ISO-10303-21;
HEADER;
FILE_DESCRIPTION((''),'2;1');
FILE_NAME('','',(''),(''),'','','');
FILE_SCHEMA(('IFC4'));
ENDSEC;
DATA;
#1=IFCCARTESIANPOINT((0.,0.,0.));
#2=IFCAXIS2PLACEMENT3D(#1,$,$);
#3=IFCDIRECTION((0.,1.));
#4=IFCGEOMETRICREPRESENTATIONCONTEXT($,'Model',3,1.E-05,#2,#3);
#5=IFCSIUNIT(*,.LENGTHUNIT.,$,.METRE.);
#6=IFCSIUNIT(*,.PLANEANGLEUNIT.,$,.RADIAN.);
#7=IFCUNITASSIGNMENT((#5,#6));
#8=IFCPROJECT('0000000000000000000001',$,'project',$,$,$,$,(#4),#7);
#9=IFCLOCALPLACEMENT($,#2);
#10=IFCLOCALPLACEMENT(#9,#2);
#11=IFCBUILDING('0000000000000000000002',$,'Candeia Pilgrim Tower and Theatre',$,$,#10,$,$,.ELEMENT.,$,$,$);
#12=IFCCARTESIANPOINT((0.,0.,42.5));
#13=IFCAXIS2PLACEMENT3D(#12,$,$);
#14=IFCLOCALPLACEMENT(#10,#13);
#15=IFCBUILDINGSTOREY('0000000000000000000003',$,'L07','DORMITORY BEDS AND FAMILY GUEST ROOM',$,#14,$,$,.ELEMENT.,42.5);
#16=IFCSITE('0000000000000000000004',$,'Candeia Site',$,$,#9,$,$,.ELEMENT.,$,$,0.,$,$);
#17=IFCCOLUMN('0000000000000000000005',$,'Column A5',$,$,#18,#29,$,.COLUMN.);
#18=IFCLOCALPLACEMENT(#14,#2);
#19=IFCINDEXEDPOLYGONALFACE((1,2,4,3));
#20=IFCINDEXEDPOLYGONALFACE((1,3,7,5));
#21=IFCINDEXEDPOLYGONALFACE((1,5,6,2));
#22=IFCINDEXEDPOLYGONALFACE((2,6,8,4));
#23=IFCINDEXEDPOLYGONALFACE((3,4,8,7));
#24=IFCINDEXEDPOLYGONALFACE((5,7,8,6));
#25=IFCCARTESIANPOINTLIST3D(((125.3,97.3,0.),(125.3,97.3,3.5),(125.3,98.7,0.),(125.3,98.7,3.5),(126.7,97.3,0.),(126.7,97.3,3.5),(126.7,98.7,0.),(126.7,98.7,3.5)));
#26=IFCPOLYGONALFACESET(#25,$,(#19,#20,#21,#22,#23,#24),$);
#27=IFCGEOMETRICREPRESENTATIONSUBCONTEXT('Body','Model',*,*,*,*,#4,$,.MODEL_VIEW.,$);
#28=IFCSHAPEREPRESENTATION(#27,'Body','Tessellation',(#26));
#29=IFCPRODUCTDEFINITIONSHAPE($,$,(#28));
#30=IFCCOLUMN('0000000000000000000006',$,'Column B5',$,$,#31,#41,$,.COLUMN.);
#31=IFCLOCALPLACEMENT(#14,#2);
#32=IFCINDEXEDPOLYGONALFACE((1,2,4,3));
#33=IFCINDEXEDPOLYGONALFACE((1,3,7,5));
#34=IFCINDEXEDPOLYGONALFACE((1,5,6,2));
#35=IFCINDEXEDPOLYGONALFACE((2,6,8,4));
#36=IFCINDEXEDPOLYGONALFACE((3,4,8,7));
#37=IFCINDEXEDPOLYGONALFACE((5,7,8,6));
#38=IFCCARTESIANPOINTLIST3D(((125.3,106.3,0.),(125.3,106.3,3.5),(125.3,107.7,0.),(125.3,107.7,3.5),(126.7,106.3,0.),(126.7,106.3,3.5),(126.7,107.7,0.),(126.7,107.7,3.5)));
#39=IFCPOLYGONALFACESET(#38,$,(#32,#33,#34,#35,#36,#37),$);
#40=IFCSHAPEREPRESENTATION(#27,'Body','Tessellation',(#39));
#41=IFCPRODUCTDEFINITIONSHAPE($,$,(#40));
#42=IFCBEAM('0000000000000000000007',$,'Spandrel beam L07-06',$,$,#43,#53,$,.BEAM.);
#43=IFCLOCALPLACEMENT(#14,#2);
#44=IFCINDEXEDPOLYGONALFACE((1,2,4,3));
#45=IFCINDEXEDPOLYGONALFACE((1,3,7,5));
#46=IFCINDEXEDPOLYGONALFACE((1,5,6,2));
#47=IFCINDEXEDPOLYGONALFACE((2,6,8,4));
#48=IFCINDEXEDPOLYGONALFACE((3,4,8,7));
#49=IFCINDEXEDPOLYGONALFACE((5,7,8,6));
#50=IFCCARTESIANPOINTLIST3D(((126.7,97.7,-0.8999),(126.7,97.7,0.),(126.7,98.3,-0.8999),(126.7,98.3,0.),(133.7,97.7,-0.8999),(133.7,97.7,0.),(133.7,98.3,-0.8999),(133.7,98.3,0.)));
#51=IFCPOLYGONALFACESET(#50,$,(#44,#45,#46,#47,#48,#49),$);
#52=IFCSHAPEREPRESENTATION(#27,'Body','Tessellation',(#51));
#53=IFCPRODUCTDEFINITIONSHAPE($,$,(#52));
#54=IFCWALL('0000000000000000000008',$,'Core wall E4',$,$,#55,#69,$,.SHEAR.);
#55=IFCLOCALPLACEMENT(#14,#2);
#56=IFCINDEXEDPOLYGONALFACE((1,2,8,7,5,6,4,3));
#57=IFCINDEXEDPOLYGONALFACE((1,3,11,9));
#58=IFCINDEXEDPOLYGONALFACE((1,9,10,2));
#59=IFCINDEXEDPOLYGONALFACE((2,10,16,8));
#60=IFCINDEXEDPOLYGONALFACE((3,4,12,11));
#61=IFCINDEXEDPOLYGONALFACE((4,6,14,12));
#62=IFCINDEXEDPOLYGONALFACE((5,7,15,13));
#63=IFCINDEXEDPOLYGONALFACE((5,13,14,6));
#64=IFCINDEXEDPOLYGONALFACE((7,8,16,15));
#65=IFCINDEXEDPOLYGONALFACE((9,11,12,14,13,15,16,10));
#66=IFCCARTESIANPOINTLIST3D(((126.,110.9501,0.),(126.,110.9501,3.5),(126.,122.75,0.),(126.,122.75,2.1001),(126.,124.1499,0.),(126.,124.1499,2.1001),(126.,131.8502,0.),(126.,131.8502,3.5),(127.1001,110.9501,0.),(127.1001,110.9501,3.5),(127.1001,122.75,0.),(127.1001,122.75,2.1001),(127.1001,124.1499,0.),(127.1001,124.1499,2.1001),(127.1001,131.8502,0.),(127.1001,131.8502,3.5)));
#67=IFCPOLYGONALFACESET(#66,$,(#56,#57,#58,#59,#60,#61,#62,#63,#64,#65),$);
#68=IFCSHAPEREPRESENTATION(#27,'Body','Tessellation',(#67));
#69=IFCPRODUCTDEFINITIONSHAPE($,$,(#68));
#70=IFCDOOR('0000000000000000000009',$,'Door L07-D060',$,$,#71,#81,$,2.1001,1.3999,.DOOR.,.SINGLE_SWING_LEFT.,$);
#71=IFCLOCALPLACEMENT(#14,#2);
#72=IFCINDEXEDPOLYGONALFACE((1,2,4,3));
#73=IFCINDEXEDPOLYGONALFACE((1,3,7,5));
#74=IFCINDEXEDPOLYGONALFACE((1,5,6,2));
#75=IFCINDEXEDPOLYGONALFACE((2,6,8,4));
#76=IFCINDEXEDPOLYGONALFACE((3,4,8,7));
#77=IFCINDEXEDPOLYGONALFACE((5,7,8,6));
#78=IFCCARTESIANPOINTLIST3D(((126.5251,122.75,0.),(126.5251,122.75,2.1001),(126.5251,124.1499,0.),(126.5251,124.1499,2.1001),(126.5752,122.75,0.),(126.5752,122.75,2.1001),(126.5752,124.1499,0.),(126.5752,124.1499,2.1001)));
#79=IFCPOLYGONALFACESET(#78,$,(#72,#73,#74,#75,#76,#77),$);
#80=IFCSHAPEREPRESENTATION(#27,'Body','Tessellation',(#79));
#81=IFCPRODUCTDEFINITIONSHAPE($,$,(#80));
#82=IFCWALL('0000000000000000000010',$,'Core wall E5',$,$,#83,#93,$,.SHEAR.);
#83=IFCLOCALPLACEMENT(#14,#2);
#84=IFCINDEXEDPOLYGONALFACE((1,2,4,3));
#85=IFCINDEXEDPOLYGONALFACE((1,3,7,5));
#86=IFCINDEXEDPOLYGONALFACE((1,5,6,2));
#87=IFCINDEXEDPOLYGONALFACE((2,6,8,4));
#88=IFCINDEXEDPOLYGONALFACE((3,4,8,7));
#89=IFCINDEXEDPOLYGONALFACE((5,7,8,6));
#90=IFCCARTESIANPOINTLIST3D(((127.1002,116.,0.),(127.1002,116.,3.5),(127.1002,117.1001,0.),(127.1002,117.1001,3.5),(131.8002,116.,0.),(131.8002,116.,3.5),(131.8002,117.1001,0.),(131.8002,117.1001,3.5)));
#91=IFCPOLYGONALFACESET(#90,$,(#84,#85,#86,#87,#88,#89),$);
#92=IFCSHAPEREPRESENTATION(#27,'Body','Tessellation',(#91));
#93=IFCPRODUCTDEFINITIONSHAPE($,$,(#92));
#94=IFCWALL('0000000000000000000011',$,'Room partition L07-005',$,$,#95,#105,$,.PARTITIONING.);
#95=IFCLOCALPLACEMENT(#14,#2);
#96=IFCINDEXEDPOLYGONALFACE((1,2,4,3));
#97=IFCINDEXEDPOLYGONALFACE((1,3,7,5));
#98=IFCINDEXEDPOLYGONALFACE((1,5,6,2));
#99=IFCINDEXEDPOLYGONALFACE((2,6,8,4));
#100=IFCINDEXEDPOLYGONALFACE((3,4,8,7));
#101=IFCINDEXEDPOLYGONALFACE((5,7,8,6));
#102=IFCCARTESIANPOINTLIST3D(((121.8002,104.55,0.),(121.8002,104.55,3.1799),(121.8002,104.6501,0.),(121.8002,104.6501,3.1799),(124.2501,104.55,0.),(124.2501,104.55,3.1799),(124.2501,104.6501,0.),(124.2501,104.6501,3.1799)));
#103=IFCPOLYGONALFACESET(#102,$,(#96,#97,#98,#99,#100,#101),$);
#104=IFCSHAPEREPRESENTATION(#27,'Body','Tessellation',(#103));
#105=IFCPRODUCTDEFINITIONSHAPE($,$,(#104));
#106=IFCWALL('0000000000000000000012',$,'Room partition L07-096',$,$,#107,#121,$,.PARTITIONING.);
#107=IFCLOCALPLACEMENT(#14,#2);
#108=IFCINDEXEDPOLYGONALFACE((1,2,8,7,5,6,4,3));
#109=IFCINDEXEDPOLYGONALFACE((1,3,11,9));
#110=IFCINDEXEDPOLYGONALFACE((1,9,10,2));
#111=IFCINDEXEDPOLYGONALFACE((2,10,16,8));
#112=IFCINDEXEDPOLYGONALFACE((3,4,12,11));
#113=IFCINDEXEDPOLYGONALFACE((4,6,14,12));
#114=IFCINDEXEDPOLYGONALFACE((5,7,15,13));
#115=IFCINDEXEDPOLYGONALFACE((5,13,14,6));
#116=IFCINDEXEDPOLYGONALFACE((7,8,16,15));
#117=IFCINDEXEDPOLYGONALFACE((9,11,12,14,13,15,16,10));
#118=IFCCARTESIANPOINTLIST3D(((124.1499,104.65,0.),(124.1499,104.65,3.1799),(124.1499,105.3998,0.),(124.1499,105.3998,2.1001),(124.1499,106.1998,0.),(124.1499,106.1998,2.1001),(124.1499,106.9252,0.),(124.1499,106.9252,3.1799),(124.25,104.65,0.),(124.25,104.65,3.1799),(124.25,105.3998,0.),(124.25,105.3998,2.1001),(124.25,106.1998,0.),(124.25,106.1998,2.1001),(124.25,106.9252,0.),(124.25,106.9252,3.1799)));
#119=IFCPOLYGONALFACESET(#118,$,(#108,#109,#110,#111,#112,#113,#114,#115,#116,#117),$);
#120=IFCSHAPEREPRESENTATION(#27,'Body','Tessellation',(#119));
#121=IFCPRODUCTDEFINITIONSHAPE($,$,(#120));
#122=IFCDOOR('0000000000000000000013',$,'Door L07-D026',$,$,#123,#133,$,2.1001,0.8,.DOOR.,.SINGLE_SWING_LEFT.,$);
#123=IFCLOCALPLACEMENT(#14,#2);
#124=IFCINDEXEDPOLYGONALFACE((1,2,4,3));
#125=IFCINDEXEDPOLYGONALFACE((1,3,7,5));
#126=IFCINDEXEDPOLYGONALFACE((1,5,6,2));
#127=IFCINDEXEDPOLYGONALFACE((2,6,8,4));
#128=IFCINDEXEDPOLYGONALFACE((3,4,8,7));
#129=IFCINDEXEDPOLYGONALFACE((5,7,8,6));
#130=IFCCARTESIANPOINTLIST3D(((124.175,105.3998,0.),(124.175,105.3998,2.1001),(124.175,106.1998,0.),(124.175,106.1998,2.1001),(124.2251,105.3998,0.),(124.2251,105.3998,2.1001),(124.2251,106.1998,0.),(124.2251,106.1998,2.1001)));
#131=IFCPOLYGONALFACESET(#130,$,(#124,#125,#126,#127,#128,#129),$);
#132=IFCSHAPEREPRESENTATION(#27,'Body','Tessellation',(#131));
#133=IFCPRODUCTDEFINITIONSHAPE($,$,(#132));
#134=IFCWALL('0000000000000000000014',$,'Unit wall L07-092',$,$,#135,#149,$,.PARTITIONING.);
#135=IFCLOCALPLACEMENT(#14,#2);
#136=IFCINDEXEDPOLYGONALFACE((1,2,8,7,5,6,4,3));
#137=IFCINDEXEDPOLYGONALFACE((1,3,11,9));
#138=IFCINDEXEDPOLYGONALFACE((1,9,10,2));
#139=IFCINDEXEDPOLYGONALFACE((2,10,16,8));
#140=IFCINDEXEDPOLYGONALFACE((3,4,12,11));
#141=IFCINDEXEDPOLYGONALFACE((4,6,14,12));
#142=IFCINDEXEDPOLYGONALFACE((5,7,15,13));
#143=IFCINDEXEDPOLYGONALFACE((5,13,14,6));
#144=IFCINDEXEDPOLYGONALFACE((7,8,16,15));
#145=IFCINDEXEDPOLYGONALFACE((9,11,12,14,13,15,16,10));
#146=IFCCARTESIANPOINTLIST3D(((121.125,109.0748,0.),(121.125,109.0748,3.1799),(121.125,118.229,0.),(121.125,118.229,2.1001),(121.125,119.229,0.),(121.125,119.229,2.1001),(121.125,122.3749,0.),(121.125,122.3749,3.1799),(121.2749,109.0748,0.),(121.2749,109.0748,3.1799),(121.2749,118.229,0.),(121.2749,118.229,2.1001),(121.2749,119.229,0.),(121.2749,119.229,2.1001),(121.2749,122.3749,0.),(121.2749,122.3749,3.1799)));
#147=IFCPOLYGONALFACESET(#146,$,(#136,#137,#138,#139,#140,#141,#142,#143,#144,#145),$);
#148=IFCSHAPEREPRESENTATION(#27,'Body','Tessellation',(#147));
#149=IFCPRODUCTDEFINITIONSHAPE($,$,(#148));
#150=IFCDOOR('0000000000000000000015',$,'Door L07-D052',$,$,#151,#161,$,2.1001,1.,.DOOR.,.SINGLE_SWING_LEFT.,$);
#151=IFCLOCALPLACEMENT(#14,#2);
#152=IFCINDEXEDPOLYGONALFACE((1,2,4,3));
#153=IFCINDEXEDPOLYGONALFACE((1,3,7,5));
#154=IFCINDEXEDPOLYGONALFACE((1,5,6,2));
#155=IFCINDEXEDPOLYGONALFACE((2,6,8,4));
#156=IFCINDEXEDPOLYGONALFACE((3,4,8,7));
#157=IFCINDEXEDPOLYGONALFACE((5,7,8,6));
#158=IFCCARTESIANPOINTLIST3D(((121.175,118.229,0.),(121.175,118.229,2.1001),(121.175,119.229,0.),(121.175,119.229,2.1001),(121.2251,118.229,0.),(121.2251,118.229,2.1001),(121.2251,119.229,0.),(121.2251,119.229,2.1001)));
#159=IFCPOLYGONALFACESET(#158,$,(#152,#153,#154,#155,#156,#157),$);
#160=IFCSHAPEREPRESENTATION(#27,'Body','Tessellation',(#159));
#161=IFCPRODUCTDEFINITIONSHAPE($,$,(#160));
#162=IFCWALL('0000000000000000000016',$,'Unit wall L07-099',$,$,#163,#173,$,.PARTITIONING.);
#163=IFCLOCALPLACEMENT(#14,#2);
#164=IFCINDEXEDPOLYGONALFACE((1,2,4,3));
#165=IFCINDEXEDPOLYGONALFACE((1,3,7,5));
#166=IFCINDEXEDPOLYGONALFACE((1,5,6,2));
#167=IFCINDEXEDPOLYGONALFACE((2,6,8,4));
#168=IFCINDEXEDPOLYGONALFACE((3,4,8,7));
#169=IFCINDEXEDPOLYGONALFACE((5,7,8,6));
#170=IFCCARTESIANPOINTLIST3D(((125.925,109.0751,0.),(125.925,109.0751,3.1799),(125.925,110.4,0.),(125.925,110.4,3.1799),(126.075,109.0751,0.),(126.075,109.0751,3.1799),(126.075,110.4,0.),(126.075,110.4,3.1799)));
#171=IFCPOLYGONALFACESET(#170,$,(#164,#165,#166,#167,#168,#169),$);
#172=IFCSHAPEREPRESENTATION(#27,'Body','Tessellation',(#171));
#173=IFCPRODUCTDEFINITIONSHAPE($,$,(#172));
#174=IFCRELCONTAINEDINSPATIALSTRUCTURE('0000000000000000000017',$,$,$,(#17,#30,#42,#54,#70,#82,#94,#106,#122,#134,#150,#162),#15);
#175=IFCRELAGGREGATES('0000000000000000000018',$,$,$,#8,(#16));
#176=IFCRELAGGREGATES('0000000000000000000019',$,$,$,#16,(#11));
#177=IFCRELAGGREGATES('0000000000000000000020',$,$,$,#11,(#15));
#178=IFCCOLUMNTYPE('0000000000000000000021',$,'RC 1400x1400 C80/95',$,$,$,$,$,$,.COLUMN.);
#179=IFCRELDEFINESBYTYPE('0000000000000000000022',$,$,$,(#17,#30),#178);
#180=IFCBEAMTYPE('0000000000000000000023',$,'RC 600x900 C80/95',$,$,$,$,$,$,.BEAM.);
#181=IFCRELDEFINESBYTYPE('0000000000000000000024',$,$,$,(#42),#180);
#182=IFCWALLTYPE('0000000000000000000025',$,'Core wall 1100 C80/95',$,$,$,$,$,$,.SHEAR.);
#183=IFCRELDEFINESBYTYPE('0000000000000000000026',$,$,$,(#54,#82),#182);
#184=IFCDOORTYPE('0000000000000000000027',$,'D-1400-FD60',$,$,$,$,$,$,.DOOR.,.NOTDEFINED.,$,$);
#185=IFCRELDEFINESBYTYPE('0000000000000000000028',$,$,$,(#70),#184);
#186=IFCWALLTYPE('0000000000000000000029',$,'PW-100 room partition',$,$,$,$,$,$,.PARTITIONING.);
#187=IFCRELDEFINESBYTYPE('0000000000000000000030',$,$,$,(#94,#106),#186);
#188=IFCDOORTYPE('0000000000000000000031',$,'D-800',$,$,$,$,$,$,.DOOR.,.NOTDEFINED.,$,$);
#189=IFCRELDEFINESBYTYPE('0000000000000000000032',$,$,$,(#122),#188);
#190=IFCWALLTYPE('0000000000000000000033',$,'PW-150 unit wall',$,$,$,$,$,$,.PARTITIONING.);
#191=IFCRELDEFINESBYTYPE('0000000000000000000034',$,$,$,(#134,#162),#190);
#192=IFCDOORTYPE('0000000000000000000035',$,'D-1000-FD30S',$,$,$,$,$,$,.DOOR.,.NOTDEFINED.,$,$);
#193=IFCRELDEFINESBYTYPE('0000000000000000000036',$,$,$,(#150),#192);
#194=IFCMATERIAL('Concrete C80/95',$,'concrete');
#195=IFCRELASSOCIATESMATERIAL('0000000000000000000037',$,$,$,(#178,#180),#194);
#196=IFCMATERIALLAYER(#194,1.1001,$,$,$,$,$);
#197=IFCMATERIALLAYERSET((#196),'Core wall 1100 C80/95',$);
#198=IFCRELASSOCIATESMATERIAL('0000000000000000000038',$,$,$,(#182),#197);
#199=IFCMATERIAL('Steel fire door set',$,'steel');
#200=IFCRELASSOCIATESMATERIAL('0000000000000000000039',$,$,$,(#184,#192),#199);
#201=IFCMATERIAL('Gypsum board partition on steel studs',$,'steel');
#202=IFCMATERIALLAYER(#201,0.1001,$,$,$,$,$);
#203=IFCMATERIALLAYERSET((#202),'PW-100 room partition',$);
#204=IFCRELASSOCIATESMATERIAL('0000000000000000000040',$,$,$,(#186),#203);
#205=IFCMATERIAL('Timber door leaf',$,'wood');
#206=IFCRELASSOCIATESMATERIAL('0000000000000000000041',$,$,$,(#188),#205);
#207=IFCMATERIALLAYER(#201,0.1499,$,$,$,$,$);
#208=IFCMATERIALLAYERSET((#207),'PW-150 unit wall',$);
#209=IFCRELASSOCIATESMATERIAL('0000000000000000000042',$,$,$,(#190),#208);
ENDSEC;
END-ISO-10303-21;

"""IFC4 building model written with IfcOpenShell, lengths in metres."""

from ifc_helpers import new_model, si_unit, direction, frame, frame_2d, origin, origin_2d, place, context, subcontext, project, spatial, rectangle, extrude, material, layer, layer_set, material_profile, profile_set, type_object, element, fill, save


model = new_model("IFC4")

# Units and contexts
model_context = context("Model", 3, precision=1e-05, world=origin(), true_north=direction((0.0, 1.0)))
body_context = subcontext(model_context, "Body", "Model", "MODEL_VIEW")
ifc_project = project(units=[si_unit("LENGTHUNIT", "METRE"), si_unit("PLANEANGLEUNIT", "RADIAN")], contexts=[model_context])

# Site, building, storey
site_placement = place(None, origin())
site = spatial("IfcSite", under=ifc_project, at=site_placement, Name="Candeia Site", CompositionType="ELEMENT", RefElevation=0.0)
building_placement = place(site_placement, origin())
building = spatial("IfcBuilding", under=site, at=building_placement, Name="Candeia Pilgrim Tower and Theatre", CompositionType="ELEMENT")
storey_placement = place(building_placement, frame((0.0, 0.0, 42.5)))
storey = spatial("IfcBuildingStorey", under=building, at=storey_placement, Name="L07", Description="DORMITORY BEDS AND FAMILY GUEST ROOM", CompositionType="ELEMENT", Elevation=42.5)

# Columns
ifc_material_1 = material(Name="Concrete C80/95", Category="concrete")
ifc_material_profile_1 = material_profile(ifc_material_1, rectangle(XDim=1.3999, YDim=1.3999, at=origin_2d()))
ifc_profile_set_1 = profile_set([ifc_material_profile_1], Name="Concrete C80/95")
column_type = type_object("IfcColumnType", Name="RC 1400x1400 C80/95", PredefinedType="COLUMN", material=ifc_profile_set_1)
for number, where, z_axis, x_axis, name in (
    (1, (126.0, 98.0, 0.0), (0.0, 0.0, 1.0), (1.0, 0.0, 0.0), "Column A5"),
    (2, (126.0, 107.0, 0.0), (0.0, 0.0, 1.0), (1.0, 0.0, 0.0), "Column B5"),
):
    element("IfcColumn", number, at=place(storey_placement, frame(where, z_axis=z_axis, x_axis=x_axis)), inside=storey, type_object=column_type, Name=name, PredefinedType="COLUMN", context=body_context, shape_type="SweptSolid", body=[
        extrude(rectangle(XDim=1.3999, YDim=1.3999, at=origin_2d()), origin(), (0.0, 0.0, 1.0), 3.5),
    ])

# Beam
ifc_material_profile_2 = material_profile(ifc_material_1, rectangle(XDim=0.6001, YDim=0.8999, at=origin_2d()))
ifc_profile_set_2 = profile_set([ifc_material_profile_2], Name="Concrete C80/95")
beam_type = type_object("IfcBeamType", Name="RC 600x900 C80/95", PredefinedType="BEAM", material=ifc_profile_set_2)
beam_placement = place(storey_placement, frame((126.7, 98.0, -0.45), z_axis=(1.0, 0.0, 0.0), x_axis=(0.0, 1.0, 0.0)))
element("IfcBeam", 3, at=beam_placement, inside=storey, type_object=beam_type, Name="Spandrel beam L07-06", PredefinedType="BEAM", context=body_context, shape_type="SweptSolid", body=[
    extrude(rectangle(XDim=0.6001, YDim=0.8999, at=origin_2d()), origin(), (0.0, 0.0, 1.0), 7.0),
])

# Wall, opening, door
ifc_layer_1 = layer(ifc_material_1, 1.1001)
ifc_layer_set_1 = layer_set([ifc_layer_1], Name="Core wall 1100 C80/95")
wall_type_1 = type_object("IfcWallType", Name="Core wall 1100 C80/95", PredefinedType="SHEAR", material=ifc_layer_set_1)
wall_1_placement = place(storey_placement, frame((126.55, 110.95, 0.0), z_axis=(0.0, 0.0, 1.0), x_axis=(0.0, 1.0, 0.0)))
wall_1 = element("IfcWall", 4, at=wall_1_placement, inside=storey, type_object=wall_type_1, Name="Core wall E4", PredefinedType="SHEAR", context=body_context, shape_type="SweptSolid", body=[
    extrude(rectangle(XDim=20.9001, YDim=1.1001, at=frame_2d((10.4502, 0.0))), origin(), (0.0, 0.0, 1.0), 3.5),
])
opening_1_placement = place(wall_1_placement, frame((11.8, 0.0, 0.0)))
opening_1 = element("IfcOpeningElement", 5, at=opening_1_placement, cuts=wall_1, PredefinedType="OPENING", context=body_context, shape_type="SweptSolid", body=[
    extrude(rectangle(XDim=1.3999, YDim=2.1001, at=frame_2d((0.7, 1.05))), frame((0.0, 0.5601, 0.0), z_axis=(0.0, -1.0, 0.0), x_axis=(1.0, 0.0, 0.0)), (0.0, 0.0, 1.0), 1.1201),
])
ifc_material_2 = material(Name="Steel fire door set", Category="steel")
door_type_1 = type_object("IfcDoorType", Name="D-1400-FD60", OperationType="NOTDEFINED", PredefinedType="DOOR", material=ifc_material_2)
door_1_placement = place(opening_1_placement, origin())
door_1 = element("IfcDoor", 6, at=door_1_placement, inside=storey, type_object=door_type_1, Name="Door L07-D060", OperationType="SINGLE_SWING_LEFT", OverallHeight=2.1001, OverallWidth=1.3999, PredefinedType="DOOR", context=body_context, shape_type="SweptSolid", body=[
    extrude(rectangle(XDim=1.3999, YDim=2.1001, at=frame_2d((0.7, 1.05))), frame((0.0, 0.0249, 0.0), z_axis=(0.0, -1.0, 0.0), x_axis=(1.0, 0.0, 0.0)), (0.0, 0.0, 1.0), 0.05),
])
fill(opening_1, door_1)

# Walls
wall_2_placement = place(storey_placement, frame((127.1001, 116.55, 0.0), z_axis=(0.0, 0.0, 1.0), x_axis=(1.0, 0.0, 0.0)))
element("IfcWall", 7, at=wall_2_placement, inside=storey, type_object=wall_type_1, Name="Core wall E5", PredefinedType="SHEAR", context=body_context, shape_type="SweptSolid", body=[
    extrude(rectangle(XDim=4.7, YDim=1.1001, at=frame_2d((2.3501, 0.0))), origin(), (0.0, 0.0, 1.0), 3.5),
])
ifc_material_3 = material(Name="Gypsum board partition on steel studs", Category="steel")
ifc_layer_2 = layer(ifc_material_3, 0.1001)
ifc_layer_set_2 = layer_set([ifc_layer_2], Name="PW-100 room partition")
wall_type_2 = type_object("IfcWallType", Name="PW-100 room partition", PredefinedType="PARTITIONING", material=ifc_layer_set_2)
wall_3_placement = place(storey_placement, frame((121.8, 104.6001, 0.0), z_axis=(0.0, 0.0, 1.0), x_axis=(1.0, 0.0, 0.0)))
element("IfcWall", 8, at=wall_3_placement, inside=storey, type_object=wall_type_2, Name="Room partition L07-005", PredefinedType="PARTITIONING", context=body_context, shape_type="SweptSolid", body=[
    extrude(rectangle(XDim=2.45, YDim=0.1001, at=frame_2d((1.2251, 0.0))), origin(), (0.0, 0.0, 1.0), 3.1799),
])

# Walls, openings, doors
wall_4_placement = place(storey_placement, frame((124.2, 104.6499, 0.0), z_axis=(0.0, 0.0, 1.0), x_axis=(0.0, 1.0, 0.0)))
wall_4 = element("IfcWall", 9, at=wall_4_placement, inside=storey, type_object=wall_type_2, Name="Room partition L07-096", PredefinedType="PARTITIONING", context=body_context, shape_type="SweptSolid", body=[
    extrude(rectangle(XDim=2.2751, YDim=0.1001, at=frame_2d((1.1377, 0.0))), origin(), (0.0, 0.0, 1.0), 3.1799),
])
opening_2_placement = place(wall_4_placement, frame((0.75, 0.0, 0.0)))
opening_2 = element("IfcOpeningElement", 10, at=opening_2_placement, cuts=wall_4, PredefinedType="OPENING", context=body_context, shape_type="SweptSolid", body=[
    extrude(rectangle(XDim=0.8, YDim=2.1001, at=frame_2d((0.3999, 1.05))), frame((0.0, 0.0601, 0.0), z_axis=(0.0, -1.0, 0.0), x_axis=(1.0, 0.0, 0.0)), (0.0, 0.0, 1.0), 0.1201),
])
ifc_material_4 = material(Name="Timber door leaf", Category="wood")
door_type_2 = type_object("IfcDoorType", Name="D-800", OperationType="NOTDEFINED", PredefinedType="DOOR", material=ifc_material_4)
door_2_placement = place(opening_2_placement, origin())
door_2 = element("IfcDoor", 11, at=door_2_placement, inside=storey, type_object=door_type_2, Name="Door L07-D026", OperationType="SINGLE_SWING_LEFT", OverallHeight=2.1001, OverallWidth=0.8, PredefinedType="DOOR", context=body_context, shape_type="SweptSolid", body=[
    extrude(rectangle(XDim=0.8, YDim=2.1001, at=frame_2d((0.3999, 1.05))), frame((0.0, 0.0249, 0.0), z_axis=(0.0, -1.0, 0.0), x_axis=(1.0, 0.0, 0.0)), (0.0, 0.0, 1.0), 0.05),
])
fill(opening_2, door_2)
ifc_layer_3 = layer(ifc_material_3, 0.1499)
ifc_layer_set_3 = layer_set([ifc_layer_3], Name="PW-150 unit wall")
wall_type_3 = type_object("IfcWallType", Name="PW-150 unit wall", PredefinedType="PARTITIONING", material=ifc_layer_set_3)
wall_5_placement = place(storey_placement, frame((121.2, 109.075, 0.0), z_axis=(0.0, 0.0, 1.0), x_axis=(0.0, 1.0, 0.0)))
wall_5 = element("IfcWall", 12, at=wall_5_placement, inside=storey, type_object=wall_type_3, Name="Unit wall L07-092", PredefinedType="PARTITIONING", context=body_context, shape_type="SweptSolid", body=[
    extrude(rectangle(XDim=13.3, YDim=0.1499, at=frame_2d((6.6499, 0.0))), origin(), (0.0, 0.0, 1.0), 3.1799),
])
opening_3_placement = place(wall_5_placement, frame((9.1541, 0.0, 0.0)))
opening_3 = element("IfcOpeningElement", 13, at=opening_3_placement, cuts=wall_5, PredefinedType="OPENING", context=body_context, shape_type="SweptSolid", body=[
    extrude(rectangle(XDim=1.0, YDim=2.1001, at=frame_2d((0.5, 1.05))), frame((0.0, 0.085, 0.0), z_axis=(0.0, -1.0, 0.0), x_axis=(1.0, 0.0, 0.0)), (0.0, 0.0, 1.0), 0.1699),
])
door_type_3 = type_object("IfcDoorType", Name="D-1000-FD30S", OperationType="NOTDEFINED", PredefinedType="DOOR", material=ifc_material_2)
door_3_placement = place(opening_3_placement, origin())
door_3 = element("IfcDoor", 14, at=door_3_placement, inside=storey, type_object=door_type_3, Name="Door L07-D052", OperationType="SINGLE_SWING_LEFT", OverallHeight=2.1001, OverallWidth=1.0, PredefinedType="DOOR", context=body_context, shape_type="SweptSolid", body=[
    extrude(rectangle(XDim=1.0, YDim=2.1001, at=frame_2d((0.5, 1.05))), frame((0.0, 0.0249, 0.0), z_axis=(0.0, -1.0, 0.0), x_axis=(1.0, 0.0, 0.0)), (0.0, 0.0, 1.0), 0.05),
])
fill(opening_3, door_3)

# Wall
wall_6_placement = place(storey_placement, frame((126.0, 109.075, 0.0), z_axis=(0.0, 0.0, 1.0), x_axis=(0.0, 1.0, 0.0)))
element("IfcWall", 15, at=wall_6_placement, inside=storey, type_object=wall_type_3, Name="Unit wall L07-099", PredefinedType="PARTITIONING", context=body_context, shape_type="SweptSolid", body=[
    extrude(rectangle(XDim=1.325, YDim=0.1499, at=frame_2d((0.6626, 0.0))), origin(), (0.0, 0.0, 1.0), 3.1799),
])

save(model, "model.ifc")
